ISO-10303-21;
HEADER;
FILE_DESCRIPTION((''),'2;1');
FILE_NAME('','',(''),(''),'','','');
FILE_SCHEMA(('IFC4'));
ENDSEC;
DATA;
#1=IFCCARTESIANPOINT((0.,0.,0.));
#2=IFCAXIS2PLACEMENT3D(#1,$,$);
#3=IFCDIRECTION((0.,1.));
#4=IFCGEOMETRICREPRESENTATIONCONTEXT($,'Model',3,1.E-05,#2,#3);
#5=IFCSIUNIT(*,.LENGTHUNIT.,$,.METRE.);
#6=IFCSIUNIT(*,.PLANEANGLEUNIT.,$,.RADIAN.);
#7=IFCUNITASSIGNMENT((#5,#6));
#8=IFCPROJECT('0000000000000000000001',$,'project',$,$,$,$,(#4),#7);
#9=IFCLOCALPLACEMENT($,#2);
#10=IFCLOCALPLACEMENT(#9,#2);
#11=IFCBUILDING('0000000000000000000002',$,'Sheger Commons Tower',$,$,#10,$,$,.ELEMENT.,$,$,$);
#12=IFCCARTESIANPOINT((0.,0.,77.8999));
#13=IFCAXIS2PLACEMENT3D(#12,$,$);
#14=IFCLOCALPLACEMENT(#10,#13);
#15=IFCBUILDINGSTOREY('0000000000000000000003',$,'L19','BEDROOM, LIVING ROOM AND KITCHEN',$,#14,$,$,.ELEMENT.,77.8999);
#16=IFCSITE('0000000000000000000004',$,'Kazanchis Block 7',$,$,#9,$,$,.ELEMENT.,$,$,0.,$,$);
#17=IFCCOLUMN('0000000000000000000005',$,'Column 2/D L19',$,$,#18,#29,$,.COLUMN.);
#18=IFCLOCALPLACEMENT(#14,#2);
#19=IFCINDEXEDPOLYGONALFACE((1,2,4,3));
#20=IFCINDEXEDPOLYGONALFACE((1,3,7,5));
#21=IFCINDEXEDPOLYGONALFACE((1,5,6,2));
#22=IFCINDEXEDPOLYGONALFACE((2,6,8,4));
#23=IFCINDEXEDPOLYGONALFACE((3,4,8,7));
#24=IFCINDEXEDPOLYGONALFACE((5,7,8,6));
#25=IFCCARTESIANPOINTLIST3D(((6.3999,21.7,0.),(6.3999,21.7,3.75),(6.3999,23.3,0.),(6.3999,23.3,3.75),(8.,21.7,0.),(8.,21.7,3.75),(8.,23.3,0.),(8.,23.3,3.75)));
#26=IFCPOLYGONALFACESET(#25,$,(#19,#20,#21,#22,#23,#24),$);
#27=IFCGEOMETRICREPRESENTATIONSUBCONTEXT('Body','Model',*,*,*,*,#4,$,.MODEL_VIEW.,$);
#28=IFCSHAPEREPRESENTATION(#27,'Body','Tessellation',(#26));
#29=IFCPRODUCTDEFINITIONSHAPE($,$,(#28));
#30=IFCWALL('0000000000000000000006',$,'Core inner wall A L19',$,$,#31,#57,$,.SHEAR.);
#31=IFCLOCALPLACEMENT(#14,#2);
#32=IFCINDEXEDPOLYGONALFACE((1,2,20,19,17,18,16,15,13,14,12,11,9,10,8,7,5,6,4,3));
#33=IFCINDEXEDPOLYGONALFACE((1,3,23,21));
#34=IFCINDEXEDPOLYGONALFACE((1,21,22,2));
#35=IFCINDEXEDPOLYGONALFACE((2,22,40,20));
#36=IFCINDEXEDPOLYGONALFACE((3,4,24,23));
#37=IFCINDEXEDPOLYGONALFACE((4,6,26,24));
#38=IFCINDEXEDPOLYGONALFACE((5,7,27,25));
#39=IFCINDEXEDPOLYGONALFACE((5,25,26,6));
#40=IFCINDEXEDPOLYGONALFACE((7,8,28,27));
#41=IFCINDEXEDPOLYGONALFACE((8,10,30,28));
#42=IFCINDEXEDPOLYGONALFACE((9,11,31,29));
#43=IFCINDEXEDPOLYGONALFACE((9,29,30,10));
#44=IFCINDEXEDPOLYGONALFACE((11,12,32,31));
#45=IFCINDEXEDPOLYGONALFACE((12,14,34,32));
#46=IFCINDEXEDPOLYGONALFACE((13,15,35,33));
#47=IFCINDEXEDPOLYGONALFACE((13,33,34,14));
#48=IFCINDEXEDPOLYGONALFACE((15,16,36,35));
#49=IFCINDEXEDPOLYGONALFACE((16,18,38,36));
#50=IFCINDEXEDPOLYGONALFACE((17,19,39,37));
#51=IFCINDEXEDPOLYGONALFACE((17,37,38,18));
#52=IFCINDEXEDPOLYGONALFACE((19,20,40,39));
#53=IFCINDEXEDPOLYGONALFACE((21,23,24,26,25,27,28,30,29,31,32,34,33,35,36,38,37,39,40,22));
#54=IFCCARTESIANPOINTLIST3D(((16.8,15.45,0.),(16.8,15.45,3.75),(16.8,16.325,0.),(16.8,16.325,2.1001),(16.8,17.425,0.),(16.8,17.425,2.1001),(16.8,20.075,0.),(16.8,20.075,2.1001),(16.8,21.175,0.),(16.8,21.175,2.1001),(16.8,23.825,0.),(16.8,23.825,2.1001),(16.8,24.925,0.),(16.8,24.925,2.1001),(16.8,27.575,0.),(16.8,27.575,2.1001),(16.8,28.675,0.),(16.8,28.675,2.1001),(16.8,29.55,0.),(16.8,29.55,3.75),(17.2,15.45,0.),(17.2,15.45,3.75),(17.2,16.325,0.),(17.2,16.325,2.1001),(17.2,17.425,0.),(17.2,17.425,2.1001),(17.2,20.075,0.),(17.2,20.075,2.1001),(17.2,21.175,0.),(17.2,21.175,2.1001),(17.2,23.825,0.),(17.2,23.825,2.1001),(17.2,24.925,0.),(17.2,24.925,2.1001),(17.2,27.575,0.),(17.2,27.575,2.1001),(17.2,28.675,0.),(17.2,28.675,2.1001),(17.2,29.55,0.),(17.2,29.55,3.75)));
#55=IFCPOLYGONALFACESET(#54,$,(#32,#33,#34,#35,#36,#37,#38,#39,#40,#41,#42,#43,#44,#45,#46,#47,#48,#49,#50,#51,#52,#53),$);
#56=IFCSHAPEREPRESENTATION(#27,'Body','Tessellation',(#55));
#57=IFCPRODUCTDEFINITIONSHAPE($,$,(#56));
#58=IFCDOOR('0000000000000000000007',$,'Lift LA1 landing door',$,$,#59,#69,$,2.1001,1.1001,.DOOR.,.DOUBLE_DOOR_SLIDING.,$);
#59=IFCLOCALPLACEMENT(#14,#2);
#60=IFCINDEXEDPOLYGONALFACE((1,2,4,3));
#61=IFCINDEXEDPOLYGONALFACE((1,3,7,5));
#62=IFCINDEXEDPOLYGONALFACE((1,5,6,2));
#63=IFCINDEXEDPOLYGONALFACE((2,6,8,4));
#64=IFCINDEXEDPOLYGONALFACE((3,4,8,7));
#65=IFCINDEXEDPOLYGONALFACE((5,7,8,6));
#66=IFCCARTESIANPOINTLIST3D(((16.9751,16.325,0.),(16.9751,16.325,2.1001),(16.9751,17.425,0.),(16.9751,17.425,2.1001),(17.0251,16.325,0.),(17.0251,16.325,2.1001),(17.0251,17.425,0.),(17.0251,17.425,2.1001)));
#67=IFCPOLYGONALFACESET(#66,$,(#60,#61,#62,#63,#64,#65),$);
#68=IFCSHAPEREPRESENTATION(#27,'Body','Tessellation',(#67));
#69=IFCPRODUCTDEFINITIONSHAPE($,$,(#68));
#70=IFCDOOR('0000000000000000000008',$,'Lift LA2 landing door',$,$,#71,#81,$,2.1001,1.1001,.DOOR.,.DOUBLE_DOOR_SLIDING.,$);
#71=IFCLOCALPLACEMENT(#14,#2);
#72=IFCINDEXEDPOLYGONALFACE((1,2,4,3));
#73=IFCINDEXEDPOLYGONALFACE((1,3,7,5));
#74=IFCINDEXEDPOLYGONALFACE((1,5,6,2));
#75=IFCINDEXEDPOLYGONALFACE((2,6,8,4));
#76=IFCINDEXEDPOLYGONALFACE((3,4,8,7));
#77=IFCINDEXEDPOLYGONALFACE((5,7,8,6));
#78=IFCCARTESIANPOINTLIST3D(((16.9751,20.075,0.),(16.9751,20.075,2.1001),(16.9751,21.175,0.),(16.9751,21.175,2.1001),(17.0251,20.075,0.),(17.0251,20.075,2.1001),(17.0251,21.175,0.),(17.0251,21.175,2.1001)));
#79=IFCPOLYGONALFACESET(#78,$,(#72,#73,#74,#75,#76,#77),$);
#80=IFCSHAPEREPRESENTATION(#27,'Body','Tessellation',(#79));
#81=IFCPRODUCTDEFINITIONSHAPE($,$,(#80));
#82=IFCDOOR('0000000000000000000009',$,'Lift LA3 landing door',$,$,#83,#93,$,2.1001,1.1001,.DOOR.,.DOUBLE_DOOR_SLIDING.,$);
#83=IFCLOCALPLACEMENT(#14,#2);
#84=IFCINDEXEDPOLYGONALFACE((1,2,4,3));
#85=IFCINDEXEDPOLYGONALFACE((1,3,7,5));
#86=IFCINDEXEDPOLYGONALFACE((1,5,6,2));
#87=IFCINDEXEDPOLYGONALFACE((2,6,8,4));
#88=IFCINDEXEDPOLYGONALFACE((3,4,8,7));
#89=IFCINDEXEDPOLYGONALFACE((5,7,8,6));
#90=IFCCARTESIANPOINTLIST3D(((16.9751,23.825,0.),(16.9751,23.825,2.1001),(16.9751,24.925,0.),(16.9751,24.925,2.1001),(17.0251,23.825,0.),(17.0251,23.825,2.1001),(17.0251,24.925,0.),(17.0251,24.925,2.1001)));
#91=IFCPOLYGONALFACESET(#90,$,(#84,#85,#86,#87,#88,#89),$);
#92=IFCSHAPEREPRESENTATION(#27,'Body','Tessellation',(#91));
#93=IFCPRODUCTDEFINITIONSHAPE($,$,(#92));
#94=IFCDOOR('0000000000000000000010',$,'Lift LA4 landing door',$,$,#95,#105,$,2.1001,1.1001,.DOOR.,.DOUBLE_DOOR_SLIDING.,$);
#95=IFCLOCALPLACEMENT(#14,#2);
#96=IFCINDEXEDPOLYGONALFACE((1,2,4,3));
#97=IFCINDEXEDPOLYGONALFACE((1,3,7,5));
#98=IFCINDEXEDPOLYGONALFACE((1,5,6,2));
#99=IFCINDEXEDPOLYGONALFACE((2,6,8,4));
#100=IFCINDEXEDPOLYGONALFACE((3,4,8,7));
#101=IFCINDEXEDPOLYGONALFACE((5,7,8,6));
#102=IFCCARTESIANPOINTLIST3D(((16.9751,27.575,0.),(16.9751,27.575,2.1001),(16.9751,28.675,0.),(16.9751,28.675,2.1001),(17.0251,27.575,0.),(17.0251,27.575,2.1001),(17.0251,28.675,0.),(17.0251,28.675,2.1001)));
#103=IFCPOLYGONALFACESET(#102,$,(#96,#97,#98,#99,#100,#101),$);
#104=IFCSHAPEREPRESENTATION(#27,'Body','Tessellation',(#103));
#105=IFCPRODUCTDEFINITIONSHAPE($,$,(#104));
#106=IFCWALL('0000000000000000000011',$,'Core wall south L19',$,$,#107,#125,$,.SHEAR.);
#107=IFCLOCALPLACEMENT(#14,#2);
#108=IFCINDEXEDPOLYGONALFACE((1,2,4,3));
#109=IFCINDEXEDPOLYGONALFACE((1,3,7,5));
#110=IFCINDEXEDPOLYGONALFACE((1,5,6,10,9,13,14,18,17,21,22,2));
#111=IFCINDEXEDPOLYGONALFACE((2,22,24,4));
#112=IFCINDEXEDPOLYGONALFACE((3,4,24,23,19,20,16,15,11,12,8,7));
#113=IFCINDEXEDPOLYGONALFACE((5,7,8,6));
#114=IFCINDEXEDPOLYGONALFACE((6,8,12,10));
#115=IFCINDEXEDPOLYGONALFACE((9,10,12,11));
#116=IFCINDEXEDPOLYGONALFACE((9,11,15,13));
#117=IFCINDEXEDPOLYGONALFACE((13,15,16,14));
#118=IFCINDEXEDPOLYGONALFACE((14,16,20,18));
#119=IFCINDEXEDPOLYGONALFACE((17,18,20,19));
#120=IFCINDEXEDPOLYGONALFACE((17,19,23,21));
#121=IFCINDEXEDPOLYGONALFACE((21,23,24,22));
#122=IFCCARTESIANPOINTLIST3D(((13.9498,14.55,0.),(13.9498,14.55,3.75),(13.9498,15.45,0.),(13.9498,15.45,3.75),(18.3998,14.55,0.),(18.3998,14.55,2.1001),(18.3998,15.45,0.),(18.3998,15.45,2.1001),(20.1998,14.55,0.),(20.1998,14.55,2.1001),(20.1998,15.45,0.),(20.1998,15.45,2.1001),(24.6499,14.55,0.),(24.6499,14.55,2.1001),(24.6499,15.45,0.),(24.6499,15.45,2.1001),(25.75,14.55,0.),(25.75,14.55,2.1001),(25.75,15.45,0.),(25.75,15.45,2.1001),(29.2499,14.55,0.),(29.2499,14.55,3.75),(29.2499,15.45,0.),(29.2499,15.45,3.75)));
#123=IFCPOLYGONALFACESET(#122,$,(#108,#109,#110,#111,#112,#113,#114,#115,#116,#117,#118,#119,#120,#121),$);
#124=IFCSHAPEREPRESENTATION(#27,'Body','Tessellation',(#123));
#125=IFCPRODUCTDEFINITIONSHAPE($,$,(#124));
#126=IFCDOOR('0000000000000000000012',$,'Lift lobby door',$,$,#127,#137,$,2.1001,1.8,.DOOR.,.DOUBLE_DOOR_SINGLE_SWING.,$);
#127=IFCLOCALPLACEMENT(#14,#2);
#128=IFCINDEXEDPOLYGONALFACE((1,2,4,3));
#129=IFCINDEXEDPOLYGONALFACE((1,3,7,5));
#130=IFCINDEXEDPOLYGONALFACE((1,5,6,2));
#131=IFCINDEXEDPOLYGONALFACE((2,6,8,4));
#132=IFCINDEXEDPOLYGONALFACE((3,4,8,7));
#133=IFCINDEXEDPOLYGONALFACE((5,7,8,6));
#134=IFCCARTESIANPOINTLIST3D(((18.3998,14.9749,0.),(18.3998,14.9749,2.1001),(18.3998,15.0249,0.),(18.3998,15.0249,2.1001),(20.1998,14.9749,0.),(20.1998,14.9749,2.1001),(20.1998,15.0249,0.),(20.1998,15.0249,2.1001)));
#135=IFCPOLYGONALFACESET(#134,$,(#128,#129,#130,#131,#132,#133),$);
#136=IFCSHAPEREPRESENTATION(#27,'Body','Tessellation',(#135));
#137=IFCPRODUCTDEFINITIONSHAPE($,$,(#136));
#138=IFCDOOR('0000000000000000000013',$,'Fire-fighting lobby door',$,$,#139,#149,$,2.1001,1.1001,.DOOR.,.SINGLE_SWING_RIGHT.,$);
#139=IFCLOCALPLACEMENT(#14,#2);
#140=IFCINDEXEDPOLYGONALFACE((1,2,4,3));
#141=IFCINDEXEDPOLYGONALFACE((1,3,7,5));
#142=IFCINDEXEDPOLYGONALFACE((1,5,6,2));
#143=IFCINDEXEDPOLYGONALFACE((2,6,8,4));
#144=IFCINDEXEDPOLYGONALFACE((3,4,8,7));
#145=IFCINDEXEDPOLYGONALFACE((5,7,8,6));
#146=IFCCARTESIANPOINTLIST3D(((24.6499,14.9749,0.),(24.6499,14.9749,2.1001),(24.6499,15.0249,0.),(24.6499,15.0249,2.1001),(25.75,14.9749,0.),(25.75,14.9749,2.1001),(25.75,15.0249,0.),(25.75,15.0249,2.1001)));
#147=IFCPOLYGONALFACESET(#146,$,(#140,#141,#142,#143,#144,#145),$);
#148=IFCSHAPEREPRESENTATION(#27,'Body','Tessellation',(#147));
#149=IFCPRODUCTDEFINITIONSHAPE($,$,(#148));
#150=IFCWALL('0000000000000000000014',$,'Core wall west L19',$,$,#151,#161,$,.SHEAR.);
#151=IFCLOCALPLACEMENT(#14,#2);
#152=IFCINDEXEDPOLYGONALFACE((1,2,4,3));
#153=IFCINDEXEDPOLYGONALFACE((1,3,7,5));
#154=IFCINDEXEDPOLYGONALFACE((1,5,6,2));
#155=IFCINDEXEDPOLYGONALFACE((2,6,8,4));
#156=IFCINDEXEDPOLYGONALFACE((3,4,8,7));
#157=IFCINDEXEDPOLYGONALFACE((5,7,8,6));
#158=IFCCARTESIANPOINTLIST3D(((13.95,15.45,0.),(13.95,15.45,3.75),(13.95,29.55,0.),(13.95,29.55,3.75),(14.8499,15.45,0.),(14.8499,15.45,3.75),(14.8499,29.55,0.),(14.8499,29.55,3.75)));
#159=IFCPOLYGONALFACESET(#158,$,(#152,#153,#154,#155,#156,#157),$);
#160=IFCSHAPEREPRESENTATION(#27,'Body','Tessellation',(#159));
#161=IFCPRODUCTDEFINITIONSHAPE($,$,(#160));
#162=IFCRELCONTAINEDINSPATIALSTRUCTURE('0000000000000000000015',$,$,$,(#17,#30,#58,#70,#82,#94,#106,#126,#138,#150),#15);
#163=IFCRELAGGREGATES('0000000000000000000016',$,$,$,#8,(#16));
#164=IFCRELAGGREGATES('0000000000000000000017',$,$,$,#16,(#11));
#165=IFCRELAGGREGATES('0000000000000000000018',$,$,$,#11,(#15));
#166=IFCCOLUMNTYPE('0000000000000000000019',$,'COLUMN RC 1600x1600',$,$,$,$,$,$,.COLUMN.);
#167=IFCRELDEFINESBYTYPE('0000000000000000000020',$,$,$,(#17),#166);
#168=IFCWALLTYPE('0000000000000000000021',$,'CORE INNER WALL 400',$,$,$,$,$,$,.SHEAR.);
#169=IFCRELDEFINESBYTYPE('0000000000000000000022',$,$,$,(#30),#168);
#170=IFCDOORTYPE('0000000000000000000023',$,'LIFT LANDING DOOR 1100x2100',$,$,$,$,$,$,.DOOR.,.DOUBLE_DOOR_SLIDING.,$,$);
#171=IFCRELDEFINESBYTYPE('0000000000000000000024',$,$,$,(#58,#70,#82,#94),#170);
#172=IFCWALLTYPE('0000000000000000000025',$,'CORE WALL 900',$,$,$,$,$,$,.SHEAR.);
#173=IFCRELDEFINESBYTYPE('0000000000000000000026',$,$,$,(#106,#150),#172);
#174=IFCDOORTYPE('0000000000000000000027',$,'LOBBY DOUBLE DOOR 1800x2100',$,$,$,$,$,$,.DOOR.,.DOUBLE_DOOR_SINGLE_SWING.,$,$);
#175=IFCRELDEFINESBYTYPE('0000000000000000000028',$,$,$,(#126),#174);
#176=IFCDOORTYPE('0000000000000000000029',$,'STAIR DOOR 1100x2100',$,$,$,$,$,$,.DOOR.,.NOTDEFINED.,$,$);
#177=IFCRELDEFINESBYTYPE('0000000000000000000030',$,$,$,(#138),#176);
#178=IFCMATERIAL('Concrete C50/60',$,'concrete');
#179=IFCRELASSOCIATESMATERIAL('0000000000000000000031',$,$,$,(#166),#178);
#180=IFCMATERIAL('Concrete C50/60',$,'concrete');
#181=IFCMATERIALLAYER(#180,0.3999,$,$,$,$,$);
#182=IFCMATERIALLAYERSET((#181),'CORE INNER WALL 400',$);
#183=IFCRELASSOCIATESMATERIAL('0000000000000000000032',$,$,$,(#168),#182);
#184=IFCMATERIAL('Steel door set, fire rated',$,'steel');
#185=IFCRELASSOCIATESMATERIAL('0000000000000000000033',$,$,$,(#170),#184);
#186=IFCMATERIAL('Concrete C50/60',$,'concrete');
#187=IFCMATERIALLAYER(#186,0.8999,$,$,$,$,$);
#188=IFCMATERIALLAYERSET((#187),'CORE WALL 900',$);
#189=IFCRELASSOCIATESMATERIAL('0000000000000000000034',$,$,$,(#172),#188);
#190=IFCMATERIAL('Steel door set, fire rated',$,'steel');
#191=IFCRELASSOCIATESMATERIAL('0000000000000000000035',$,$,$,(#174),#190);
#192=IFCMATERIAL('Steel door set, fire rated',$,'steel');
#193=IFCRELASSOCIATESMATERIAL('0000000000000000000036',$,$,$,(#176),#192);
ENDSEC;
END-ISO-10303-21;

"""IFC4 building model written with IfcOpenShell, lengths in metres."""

from ifc_helpers import new_model, si_unit, direction, frame, frame_2d, origin, origin_2d, place, context, subcontext, project, spatial, rectangle, extrude, material, layer, layer_set, material_profile, profile_set, type_object, element, fill, save


model = new_model("IFC4")

# Units and contexts
model_context = context("Model", 3, precision=1e-05, world=origin(), true_north=direction((0.0, 1.0)))
body_context = subcontext(model_context, "Body", "Model", "MODEL_VIEW")
ifc_project = project(units=[si_unit("LENGTHUNIT", "METRE"), si_unit("PLANEANGLEUNIT", "RADIAN")], contexts=[model_context])

# Site, building, storey
site_placement = place(None, origin())
site = spatial("IfcSite", under=ifc_project, at=site_placement, Name="Kazanchis Block 7", CompositionType="ELEMENT", RefElevation=0.0)
building_placement = place(site_placement, origin())
building = spatial("IfcBuilding", under=site, at=building_placement, Name="Sheger Commons Tower", CompositionType="ELEMENT")
storey_placement = place(building_placement, frame((0.0, 0.0, 77.8999)))
storey = spatial("IfcBuildingStorey", under=building, at=storey_placement, Name="L19", Description="BEDROOM, LIVING ROOM AND KITCHEN", CompositionType="ELEMENT", Elevation=77.8999)

# Column
ifc_material_1 = material(Name="Concrete C50/60", Category="concrete")
ifc_material_profile = material_profile(ifc_material_1, rectangle(XDim=1.6001, YDim=1.6001, at=origin_2d()), Name="RC 1600x1600")
ifc_profile_set = profile_set([ifc_material_profile], Name="Concrete C50/60")
column_type = type_object("IfcColumnType", Name="COLUMN RC 1600x1600", PredefinedType="COLUMN", material=ifc_profile_set)
column_placement = place(storey_placement, frame((7.2, 22.5, 0.0), z_axis=(0.0, 0.0, 1.0), x_axis=(1.0, 0.0, 0.0)))
element("IfcColumn", 1, at=column_placement, inside=storey, type_object=column_type, Name="Column 2/D L19", PredefinedType="COLUMN", context=body_context, shape_type="SweptSolid", body=[
    extrude(rectangle(XDim=1.6001, YDim=1.6001, at=origin_2d()), origin(), (0.0, 0.0, 1.0), 3.75),
])

# Walls, openings, doors
ifc_material_2 = material(Name="Concrete C50/60", Category="concrete")
ifc_layer_1 = layer(ifc_material_2, 0.3999)
ifc_layer_set_1 = layer_set([ifc_layer_1], Name="CORE INNER WALL 400")
wall_type_1 = type_object("IfcWallType", Name="CORE INNER WALL 400", PredefinedType="SHEAR", material=ifc_layer_set_1)
wall_1_placement = place(storey_placement, frame((17.0, 15.45, 0.0), z_axis=(0.0, 0.0, 1.0), x_axis=(0.0, 1.0, 0.0)))
wall_1 = element("IfcWall", 2, at=wall_1_placement, inside=storey, type_object=wall_type_1, Name="Core inner wall A L19", PredefinedType="SHEAR", context=body_context, shape_type="SweptSolid", body=[
    extrude(rectangle(XDim=14.1001, YDim=0.3999, at=frame_2d((7.05, 0.0))), origin(), (0.0, 0.0, 1.0), 3.75),
])
opening_1_placement = place(wall_1_placement, frame((0.875, 0.0, 0.0)))
opening_1 = element("IfcOpeningElement", 3, at=opening_1_placement, cuts=wall_1, PredefinedType="OPENING", context=body_context, shape_type="SweptSolid", body=[
    extrude(rectangle(XDim=1.1001, YDim=2.1001, at=frame_2d((0.55, 1.05))), frame((0.0, 0.21, 0.0), z_axis=(0.0, -1.0, 0.0), x_axis=(1.0, 0.0, 0.0)), (0.0, 0.0, 1.0), 0.4199),
])
opening_2_placement = place(wall_1_placement, frame((4.625, 0.0, 0.0)))
opening_2 = element("IfcOpeningElement", 4, at=opening_2_placement, cuts=wall_1, PredefinedType="OPENING", context=body_context, shape_type="SweptSolid", body=[
    extrude(rectangle(XDim=1.1001, YDim=2.1001, at=frame_2d((0.55, 1.05))), frame((0.0, 0.21, 0.0), z_axis=(0.0, -1.0, 0.0), x_axis=(1.0, 0.0, 0.0)), (0.0, 0.0, 1.0), 0.4199),
])
opening_3_placement = place(wall_1_placement, frame((8.375, 0.0, 0.0)))
opening_3 = element("IfcOpeningElement", 5, at=opening_3_placement, cuts=wall_1, PredefinedType="OPENING", context=body_context, shape_type="SweptSolid", body=[
    extrude(rectangle(XDim=1.1001, YDim=2.1001, at=frame_2d((0.55, 1.05))), frame((0.0, 0.21, 0.0), z_axis=(0.0, -1.0, 0.0), x_axis=(1.0, 0.0, 0.0)), (0.0, 0.0, 1.0), 0.4199),
])
opening_4_placement = place(wall_1_placement, frame((12.125, 0.0, 0.0)))
opening_4 = element("IfcOpeningElement", 6, at=opening_4_placement, cuts=wall_1, PredefinedType="OPENING", context=body_context, shape_type="SweptSolid", body=[
    extrude(rectangle(XDim=1.1001, YDim=2.1001, at=frame_2d((0.55, 1.05))), frame((0.0, 0.21, 0.0), z_axis=(0.0, -1.0, 0.0), x_axis=(1.0, 0.0, 0.0)), (0.0, 0.0, 1.0), 0.4199),
])
ifc_material_3 = material(Name="Steel door set, fire rated", Category="steel")
door_type_1 = type_object("IfcDoorType", Name="LIFT LANDING DOOR 1100x2100", OperationType="DOUBLE_DOOR_SLIDING", PredefinedType="DOOR", material=ifc_material_3)
door_1_placement = place(opening_1_placement, origin())
door_1 = element("IfcDoor", 7, at=door_1_placement, inside=storey, type_object=door_type_1, Name="Lift LA1 landing door", OperationType="DOUBLE_DOOR_SLIDING", OverallHeight=2.1001, OverallWidth=1.1001, PredefinedType="DOOR", context=body_context, shape_type="SweptSolid", body=[
    extrude(rectangle(XDim=1.1001, YDim=2.1001, at=frame_2d((0.55, 1.05))), frame((0.0, 0.0249, 0.0), z_axis=(0.0, -1.0, 0.0), x_axis=(1.0, 0.0, 0.0)), (0.0, 0.0, 1.0), 0.05),
])
fill(opening_1, door_1)
door_2_placement = place(opening_2_placement, origin())
door_2 = element("IfcDoor", 8, at=door_2_placement, inside=storey, type_object=door_type_1, Name="Lift LA2 landing door", OperationType="DOUBLE_DOOR_SLIDING", OverallHeight=2.1001, OverallWidth=1.1001, PredefinedType="DOOR", context=body_context, shape_type="SweptSolid", body=[
    extrude(rectangle(XDim=1.1001, YDim=2.1001, at=frame_2d((0.55, 1.05))), frame((0.0, 0.0249, 0.0), z_axis=(0.0, -1.0, 0.0), x_axis=(1.0, 0.0, 0.0)), (0.0, 0.0, 1.0), 0.05),
])
fill(opening_2, door_2)
door_3_placement = place(opening_3_placement, origin())
door_3 = element("IfcDoor", 9, at=door_3_placement, inside=storey, type_object=door_type_1, Name="Lift LA3 landing door", OperationType="DOUBLE_DOOR_SLIDING", OverallHeight=2.1001, OverallWidth=1.1001, PredefinedType="DOOR", context=body_context, shape_type="SweptSolid", body=[
    extrude(rectangle(XDim=1.1001, YDim=2.1001, at=frame_2d((0.55, 1.05))), frame((0.0, 0.0249, 0.0), z_axis=(0.0, -1.0, 0.0), x_axis=(1.0, 0.0, 0.0)), (0.0, 0.0, 1.0), 0.05),
])
fill(opening_3, door_3)
door_4_placement = place(opening_4_placement, origin())
door_4 = element("IfcDoor", 10, at=door_4_placement, inside=storey, type_object=door_type_1, Name="Lift LA4 landing door", OperationType="DOUBLE_DOOR_SLIDING", OverallHeight=2.1001, OverallWidth=1.1001, PredefinedType="DOOR", context=body_context, shape_type="SweptSolid", body=[
    extrude(rectangle(XDim=1.1001, YDim=2.1001, at=frame_2d((0.55, 1.05))), frame((0.0, 0.0249, 0.0), z_axis=(0.0, -1.0, 0.0), x_axis=(1.0, 0.0, 0.0)), (0.0, 0.0, 1.0), 0.05),
])
fill(opening_4, door_4)
ifc_material_4 = material(Name="Concrete C50/60", Category="concrete")
ifc_layer_2 = layer(ifc_material_4, 0.8999)
ifc_layer_set_2 = layer_set([ifc_layer_2], Name="CORE WALL 900")
wall_type_2 = type_object("IfcWallType", Name="CORE WALL 900", PredefinedType="SHEAR", material=ifc_layer_set_2)
wall_2_placement = place(storey_placement, frame((13.95, 15.0, 0.0), z_axis=(0.0, 0.0, 1.0), x_axis=(1.0, 0.0, 0.0)))
wall_2 = element("IfcWall", 11, at=wall_2_placement, inside=storey, type_object=wall_type_2, Name="Core wall south L19", PredefinedType="SHEAR", context=body_context, shape_type="SweptSolid", body=[
    extrude(rectangle(XDim=15.3, YDim=0.8999, at=frame_2d((7.6499, 0.0))), origin(), (0.0, 0.0, 1.0), 3.75),
])
opening_5_placement = place(wall_2_placement, frame((4.45, 0.0, 0.0)))
opening_5 = element("IfcOpeningElement", 12, at=opening_5_placement, cuts=wall_2, PredefinedType="OPENING", context=body_context, shape_type="SweptSolid", body=[
    extrude(rectangle(XDim=1.8, YDim=2.1001, at=frame_2d((0.8999, 1.05))), frame((0.0, 0.46, 0.0), z_axis=(0.0, -1.0, 0.0), x_axis=(1.0, 0.0, 0.0)), (0.0, 0.0, 1.0), 0.9199),
])
opening_6_placement = place(wall_2_placement, frame((10.7, 0.0, 0.0)))
opening_6 = element("IfcOpeningElement", 13, at=opening_6_placement, cuts=wall_2, PredefinedType="OPENING", context=body_context, shape_type="SweptSolid", body=[
    extrude(rectangle(XDim=1.1001, YDim=2.1001, at=frame_2d((0.55, 1.05))), frame((0.0, 0.46, 0.0), z_axis=(0.0, -1.0, 0.0), x_axis=(1.0, 0.0, 0.0)), (0.0, 0.0, 1.0), 0.9199),
])
ifc_material_5 = material(Name="Steel door set, fire rated", Category="steel")
door_type_2 = type_object("IfcDoorType", Name="LOBBY DOUBLE DOOR 1800x2100", OperationType="DOUBLE_DOOR_SINGLE_SWING", PredefinedType="DOOR", material=ifc_material_5)
door_5_placement = place(opening_5_placement, origin())
door_5 = element("IfcDoor", 14, at=door_5_placement, inside=storey, type_object=door_type_2, Name="Lift lobby door", OperationType="DOUBLE_DOOR_SINGLE_SWING", OverallHeight=2.1001, OverallWidth=1.8, PredefinedType="DOOR", context=body_context, shape_type="SweptSolid", body=[
    extrude(rectangle(XDim=1.8, YDim=2.1001, at=frame_2d((0.8999, 1.05))), frame((0.0, 0.0249, 0.0), z_axis=(0.0, -1.0, 0.0), x_axis=(1.0, 0.0, 0.0)), (0.0, 0.0, 1.0), 0.05),
])
fill(opening_5, door_5)
ifc_material_6 = material(Name="Steel door set, fire rated", Category="steel")
door_type_3 = type_object("IfcDoorType", Name="STAIR DOOR 1100x2100", OperationType="NOTDEFINED", PredefinedType="DOOR", material=ifc_material_6)
door_6_placement = place(opening_6_placement, origin())
door_6 = element("IfcDoor", 15, at=door_6_placement, inside=storey, type_object=door_type_3, Name="Fire-fighting lobby door", OperationType="SINGLE_SWING_RIGHT", OverallHeight=2.1001, OverallWidth=1.1001, PredefinedType="DOOR", context=body_context, shape_type="SweptSolid", body=[
    extrude(rectangle(XDim=1.1001, YDim=2.1001, at=frame_2d((0.55, 1.05))), frame((0.0, 0.0249, 0.0), z_axis=(0.0, -1.0, 0.0), x_axis=(1.0, 0.0, 0.0)), (0.0, 0.0, 1.0), 0.05),
])
fill(opening_6, door_6)

# Wall
wall_3_placement = place(storey_placement, frame((14.3999, 15.45, 0.0), z_axis=(0.0, 0.0, 1.0), x_axis=(0.0, 1.0, 0.0)))
element("IfcWall", 16, at=wall_3_placement, inside=storey, type_object=wall_type_2, Name="Core wall west L19", PredefinedType="SHEAR", context=body_context, shape_type="SweptSolid", body=[
    extrude(rectangle(XDim=14.1001, YDim=0.8999, at=frame_2d((7.05, 0.0))), origin(), (0.0, 0.0, 1.0), 3.75),
])

save(model, "model.ifc")
